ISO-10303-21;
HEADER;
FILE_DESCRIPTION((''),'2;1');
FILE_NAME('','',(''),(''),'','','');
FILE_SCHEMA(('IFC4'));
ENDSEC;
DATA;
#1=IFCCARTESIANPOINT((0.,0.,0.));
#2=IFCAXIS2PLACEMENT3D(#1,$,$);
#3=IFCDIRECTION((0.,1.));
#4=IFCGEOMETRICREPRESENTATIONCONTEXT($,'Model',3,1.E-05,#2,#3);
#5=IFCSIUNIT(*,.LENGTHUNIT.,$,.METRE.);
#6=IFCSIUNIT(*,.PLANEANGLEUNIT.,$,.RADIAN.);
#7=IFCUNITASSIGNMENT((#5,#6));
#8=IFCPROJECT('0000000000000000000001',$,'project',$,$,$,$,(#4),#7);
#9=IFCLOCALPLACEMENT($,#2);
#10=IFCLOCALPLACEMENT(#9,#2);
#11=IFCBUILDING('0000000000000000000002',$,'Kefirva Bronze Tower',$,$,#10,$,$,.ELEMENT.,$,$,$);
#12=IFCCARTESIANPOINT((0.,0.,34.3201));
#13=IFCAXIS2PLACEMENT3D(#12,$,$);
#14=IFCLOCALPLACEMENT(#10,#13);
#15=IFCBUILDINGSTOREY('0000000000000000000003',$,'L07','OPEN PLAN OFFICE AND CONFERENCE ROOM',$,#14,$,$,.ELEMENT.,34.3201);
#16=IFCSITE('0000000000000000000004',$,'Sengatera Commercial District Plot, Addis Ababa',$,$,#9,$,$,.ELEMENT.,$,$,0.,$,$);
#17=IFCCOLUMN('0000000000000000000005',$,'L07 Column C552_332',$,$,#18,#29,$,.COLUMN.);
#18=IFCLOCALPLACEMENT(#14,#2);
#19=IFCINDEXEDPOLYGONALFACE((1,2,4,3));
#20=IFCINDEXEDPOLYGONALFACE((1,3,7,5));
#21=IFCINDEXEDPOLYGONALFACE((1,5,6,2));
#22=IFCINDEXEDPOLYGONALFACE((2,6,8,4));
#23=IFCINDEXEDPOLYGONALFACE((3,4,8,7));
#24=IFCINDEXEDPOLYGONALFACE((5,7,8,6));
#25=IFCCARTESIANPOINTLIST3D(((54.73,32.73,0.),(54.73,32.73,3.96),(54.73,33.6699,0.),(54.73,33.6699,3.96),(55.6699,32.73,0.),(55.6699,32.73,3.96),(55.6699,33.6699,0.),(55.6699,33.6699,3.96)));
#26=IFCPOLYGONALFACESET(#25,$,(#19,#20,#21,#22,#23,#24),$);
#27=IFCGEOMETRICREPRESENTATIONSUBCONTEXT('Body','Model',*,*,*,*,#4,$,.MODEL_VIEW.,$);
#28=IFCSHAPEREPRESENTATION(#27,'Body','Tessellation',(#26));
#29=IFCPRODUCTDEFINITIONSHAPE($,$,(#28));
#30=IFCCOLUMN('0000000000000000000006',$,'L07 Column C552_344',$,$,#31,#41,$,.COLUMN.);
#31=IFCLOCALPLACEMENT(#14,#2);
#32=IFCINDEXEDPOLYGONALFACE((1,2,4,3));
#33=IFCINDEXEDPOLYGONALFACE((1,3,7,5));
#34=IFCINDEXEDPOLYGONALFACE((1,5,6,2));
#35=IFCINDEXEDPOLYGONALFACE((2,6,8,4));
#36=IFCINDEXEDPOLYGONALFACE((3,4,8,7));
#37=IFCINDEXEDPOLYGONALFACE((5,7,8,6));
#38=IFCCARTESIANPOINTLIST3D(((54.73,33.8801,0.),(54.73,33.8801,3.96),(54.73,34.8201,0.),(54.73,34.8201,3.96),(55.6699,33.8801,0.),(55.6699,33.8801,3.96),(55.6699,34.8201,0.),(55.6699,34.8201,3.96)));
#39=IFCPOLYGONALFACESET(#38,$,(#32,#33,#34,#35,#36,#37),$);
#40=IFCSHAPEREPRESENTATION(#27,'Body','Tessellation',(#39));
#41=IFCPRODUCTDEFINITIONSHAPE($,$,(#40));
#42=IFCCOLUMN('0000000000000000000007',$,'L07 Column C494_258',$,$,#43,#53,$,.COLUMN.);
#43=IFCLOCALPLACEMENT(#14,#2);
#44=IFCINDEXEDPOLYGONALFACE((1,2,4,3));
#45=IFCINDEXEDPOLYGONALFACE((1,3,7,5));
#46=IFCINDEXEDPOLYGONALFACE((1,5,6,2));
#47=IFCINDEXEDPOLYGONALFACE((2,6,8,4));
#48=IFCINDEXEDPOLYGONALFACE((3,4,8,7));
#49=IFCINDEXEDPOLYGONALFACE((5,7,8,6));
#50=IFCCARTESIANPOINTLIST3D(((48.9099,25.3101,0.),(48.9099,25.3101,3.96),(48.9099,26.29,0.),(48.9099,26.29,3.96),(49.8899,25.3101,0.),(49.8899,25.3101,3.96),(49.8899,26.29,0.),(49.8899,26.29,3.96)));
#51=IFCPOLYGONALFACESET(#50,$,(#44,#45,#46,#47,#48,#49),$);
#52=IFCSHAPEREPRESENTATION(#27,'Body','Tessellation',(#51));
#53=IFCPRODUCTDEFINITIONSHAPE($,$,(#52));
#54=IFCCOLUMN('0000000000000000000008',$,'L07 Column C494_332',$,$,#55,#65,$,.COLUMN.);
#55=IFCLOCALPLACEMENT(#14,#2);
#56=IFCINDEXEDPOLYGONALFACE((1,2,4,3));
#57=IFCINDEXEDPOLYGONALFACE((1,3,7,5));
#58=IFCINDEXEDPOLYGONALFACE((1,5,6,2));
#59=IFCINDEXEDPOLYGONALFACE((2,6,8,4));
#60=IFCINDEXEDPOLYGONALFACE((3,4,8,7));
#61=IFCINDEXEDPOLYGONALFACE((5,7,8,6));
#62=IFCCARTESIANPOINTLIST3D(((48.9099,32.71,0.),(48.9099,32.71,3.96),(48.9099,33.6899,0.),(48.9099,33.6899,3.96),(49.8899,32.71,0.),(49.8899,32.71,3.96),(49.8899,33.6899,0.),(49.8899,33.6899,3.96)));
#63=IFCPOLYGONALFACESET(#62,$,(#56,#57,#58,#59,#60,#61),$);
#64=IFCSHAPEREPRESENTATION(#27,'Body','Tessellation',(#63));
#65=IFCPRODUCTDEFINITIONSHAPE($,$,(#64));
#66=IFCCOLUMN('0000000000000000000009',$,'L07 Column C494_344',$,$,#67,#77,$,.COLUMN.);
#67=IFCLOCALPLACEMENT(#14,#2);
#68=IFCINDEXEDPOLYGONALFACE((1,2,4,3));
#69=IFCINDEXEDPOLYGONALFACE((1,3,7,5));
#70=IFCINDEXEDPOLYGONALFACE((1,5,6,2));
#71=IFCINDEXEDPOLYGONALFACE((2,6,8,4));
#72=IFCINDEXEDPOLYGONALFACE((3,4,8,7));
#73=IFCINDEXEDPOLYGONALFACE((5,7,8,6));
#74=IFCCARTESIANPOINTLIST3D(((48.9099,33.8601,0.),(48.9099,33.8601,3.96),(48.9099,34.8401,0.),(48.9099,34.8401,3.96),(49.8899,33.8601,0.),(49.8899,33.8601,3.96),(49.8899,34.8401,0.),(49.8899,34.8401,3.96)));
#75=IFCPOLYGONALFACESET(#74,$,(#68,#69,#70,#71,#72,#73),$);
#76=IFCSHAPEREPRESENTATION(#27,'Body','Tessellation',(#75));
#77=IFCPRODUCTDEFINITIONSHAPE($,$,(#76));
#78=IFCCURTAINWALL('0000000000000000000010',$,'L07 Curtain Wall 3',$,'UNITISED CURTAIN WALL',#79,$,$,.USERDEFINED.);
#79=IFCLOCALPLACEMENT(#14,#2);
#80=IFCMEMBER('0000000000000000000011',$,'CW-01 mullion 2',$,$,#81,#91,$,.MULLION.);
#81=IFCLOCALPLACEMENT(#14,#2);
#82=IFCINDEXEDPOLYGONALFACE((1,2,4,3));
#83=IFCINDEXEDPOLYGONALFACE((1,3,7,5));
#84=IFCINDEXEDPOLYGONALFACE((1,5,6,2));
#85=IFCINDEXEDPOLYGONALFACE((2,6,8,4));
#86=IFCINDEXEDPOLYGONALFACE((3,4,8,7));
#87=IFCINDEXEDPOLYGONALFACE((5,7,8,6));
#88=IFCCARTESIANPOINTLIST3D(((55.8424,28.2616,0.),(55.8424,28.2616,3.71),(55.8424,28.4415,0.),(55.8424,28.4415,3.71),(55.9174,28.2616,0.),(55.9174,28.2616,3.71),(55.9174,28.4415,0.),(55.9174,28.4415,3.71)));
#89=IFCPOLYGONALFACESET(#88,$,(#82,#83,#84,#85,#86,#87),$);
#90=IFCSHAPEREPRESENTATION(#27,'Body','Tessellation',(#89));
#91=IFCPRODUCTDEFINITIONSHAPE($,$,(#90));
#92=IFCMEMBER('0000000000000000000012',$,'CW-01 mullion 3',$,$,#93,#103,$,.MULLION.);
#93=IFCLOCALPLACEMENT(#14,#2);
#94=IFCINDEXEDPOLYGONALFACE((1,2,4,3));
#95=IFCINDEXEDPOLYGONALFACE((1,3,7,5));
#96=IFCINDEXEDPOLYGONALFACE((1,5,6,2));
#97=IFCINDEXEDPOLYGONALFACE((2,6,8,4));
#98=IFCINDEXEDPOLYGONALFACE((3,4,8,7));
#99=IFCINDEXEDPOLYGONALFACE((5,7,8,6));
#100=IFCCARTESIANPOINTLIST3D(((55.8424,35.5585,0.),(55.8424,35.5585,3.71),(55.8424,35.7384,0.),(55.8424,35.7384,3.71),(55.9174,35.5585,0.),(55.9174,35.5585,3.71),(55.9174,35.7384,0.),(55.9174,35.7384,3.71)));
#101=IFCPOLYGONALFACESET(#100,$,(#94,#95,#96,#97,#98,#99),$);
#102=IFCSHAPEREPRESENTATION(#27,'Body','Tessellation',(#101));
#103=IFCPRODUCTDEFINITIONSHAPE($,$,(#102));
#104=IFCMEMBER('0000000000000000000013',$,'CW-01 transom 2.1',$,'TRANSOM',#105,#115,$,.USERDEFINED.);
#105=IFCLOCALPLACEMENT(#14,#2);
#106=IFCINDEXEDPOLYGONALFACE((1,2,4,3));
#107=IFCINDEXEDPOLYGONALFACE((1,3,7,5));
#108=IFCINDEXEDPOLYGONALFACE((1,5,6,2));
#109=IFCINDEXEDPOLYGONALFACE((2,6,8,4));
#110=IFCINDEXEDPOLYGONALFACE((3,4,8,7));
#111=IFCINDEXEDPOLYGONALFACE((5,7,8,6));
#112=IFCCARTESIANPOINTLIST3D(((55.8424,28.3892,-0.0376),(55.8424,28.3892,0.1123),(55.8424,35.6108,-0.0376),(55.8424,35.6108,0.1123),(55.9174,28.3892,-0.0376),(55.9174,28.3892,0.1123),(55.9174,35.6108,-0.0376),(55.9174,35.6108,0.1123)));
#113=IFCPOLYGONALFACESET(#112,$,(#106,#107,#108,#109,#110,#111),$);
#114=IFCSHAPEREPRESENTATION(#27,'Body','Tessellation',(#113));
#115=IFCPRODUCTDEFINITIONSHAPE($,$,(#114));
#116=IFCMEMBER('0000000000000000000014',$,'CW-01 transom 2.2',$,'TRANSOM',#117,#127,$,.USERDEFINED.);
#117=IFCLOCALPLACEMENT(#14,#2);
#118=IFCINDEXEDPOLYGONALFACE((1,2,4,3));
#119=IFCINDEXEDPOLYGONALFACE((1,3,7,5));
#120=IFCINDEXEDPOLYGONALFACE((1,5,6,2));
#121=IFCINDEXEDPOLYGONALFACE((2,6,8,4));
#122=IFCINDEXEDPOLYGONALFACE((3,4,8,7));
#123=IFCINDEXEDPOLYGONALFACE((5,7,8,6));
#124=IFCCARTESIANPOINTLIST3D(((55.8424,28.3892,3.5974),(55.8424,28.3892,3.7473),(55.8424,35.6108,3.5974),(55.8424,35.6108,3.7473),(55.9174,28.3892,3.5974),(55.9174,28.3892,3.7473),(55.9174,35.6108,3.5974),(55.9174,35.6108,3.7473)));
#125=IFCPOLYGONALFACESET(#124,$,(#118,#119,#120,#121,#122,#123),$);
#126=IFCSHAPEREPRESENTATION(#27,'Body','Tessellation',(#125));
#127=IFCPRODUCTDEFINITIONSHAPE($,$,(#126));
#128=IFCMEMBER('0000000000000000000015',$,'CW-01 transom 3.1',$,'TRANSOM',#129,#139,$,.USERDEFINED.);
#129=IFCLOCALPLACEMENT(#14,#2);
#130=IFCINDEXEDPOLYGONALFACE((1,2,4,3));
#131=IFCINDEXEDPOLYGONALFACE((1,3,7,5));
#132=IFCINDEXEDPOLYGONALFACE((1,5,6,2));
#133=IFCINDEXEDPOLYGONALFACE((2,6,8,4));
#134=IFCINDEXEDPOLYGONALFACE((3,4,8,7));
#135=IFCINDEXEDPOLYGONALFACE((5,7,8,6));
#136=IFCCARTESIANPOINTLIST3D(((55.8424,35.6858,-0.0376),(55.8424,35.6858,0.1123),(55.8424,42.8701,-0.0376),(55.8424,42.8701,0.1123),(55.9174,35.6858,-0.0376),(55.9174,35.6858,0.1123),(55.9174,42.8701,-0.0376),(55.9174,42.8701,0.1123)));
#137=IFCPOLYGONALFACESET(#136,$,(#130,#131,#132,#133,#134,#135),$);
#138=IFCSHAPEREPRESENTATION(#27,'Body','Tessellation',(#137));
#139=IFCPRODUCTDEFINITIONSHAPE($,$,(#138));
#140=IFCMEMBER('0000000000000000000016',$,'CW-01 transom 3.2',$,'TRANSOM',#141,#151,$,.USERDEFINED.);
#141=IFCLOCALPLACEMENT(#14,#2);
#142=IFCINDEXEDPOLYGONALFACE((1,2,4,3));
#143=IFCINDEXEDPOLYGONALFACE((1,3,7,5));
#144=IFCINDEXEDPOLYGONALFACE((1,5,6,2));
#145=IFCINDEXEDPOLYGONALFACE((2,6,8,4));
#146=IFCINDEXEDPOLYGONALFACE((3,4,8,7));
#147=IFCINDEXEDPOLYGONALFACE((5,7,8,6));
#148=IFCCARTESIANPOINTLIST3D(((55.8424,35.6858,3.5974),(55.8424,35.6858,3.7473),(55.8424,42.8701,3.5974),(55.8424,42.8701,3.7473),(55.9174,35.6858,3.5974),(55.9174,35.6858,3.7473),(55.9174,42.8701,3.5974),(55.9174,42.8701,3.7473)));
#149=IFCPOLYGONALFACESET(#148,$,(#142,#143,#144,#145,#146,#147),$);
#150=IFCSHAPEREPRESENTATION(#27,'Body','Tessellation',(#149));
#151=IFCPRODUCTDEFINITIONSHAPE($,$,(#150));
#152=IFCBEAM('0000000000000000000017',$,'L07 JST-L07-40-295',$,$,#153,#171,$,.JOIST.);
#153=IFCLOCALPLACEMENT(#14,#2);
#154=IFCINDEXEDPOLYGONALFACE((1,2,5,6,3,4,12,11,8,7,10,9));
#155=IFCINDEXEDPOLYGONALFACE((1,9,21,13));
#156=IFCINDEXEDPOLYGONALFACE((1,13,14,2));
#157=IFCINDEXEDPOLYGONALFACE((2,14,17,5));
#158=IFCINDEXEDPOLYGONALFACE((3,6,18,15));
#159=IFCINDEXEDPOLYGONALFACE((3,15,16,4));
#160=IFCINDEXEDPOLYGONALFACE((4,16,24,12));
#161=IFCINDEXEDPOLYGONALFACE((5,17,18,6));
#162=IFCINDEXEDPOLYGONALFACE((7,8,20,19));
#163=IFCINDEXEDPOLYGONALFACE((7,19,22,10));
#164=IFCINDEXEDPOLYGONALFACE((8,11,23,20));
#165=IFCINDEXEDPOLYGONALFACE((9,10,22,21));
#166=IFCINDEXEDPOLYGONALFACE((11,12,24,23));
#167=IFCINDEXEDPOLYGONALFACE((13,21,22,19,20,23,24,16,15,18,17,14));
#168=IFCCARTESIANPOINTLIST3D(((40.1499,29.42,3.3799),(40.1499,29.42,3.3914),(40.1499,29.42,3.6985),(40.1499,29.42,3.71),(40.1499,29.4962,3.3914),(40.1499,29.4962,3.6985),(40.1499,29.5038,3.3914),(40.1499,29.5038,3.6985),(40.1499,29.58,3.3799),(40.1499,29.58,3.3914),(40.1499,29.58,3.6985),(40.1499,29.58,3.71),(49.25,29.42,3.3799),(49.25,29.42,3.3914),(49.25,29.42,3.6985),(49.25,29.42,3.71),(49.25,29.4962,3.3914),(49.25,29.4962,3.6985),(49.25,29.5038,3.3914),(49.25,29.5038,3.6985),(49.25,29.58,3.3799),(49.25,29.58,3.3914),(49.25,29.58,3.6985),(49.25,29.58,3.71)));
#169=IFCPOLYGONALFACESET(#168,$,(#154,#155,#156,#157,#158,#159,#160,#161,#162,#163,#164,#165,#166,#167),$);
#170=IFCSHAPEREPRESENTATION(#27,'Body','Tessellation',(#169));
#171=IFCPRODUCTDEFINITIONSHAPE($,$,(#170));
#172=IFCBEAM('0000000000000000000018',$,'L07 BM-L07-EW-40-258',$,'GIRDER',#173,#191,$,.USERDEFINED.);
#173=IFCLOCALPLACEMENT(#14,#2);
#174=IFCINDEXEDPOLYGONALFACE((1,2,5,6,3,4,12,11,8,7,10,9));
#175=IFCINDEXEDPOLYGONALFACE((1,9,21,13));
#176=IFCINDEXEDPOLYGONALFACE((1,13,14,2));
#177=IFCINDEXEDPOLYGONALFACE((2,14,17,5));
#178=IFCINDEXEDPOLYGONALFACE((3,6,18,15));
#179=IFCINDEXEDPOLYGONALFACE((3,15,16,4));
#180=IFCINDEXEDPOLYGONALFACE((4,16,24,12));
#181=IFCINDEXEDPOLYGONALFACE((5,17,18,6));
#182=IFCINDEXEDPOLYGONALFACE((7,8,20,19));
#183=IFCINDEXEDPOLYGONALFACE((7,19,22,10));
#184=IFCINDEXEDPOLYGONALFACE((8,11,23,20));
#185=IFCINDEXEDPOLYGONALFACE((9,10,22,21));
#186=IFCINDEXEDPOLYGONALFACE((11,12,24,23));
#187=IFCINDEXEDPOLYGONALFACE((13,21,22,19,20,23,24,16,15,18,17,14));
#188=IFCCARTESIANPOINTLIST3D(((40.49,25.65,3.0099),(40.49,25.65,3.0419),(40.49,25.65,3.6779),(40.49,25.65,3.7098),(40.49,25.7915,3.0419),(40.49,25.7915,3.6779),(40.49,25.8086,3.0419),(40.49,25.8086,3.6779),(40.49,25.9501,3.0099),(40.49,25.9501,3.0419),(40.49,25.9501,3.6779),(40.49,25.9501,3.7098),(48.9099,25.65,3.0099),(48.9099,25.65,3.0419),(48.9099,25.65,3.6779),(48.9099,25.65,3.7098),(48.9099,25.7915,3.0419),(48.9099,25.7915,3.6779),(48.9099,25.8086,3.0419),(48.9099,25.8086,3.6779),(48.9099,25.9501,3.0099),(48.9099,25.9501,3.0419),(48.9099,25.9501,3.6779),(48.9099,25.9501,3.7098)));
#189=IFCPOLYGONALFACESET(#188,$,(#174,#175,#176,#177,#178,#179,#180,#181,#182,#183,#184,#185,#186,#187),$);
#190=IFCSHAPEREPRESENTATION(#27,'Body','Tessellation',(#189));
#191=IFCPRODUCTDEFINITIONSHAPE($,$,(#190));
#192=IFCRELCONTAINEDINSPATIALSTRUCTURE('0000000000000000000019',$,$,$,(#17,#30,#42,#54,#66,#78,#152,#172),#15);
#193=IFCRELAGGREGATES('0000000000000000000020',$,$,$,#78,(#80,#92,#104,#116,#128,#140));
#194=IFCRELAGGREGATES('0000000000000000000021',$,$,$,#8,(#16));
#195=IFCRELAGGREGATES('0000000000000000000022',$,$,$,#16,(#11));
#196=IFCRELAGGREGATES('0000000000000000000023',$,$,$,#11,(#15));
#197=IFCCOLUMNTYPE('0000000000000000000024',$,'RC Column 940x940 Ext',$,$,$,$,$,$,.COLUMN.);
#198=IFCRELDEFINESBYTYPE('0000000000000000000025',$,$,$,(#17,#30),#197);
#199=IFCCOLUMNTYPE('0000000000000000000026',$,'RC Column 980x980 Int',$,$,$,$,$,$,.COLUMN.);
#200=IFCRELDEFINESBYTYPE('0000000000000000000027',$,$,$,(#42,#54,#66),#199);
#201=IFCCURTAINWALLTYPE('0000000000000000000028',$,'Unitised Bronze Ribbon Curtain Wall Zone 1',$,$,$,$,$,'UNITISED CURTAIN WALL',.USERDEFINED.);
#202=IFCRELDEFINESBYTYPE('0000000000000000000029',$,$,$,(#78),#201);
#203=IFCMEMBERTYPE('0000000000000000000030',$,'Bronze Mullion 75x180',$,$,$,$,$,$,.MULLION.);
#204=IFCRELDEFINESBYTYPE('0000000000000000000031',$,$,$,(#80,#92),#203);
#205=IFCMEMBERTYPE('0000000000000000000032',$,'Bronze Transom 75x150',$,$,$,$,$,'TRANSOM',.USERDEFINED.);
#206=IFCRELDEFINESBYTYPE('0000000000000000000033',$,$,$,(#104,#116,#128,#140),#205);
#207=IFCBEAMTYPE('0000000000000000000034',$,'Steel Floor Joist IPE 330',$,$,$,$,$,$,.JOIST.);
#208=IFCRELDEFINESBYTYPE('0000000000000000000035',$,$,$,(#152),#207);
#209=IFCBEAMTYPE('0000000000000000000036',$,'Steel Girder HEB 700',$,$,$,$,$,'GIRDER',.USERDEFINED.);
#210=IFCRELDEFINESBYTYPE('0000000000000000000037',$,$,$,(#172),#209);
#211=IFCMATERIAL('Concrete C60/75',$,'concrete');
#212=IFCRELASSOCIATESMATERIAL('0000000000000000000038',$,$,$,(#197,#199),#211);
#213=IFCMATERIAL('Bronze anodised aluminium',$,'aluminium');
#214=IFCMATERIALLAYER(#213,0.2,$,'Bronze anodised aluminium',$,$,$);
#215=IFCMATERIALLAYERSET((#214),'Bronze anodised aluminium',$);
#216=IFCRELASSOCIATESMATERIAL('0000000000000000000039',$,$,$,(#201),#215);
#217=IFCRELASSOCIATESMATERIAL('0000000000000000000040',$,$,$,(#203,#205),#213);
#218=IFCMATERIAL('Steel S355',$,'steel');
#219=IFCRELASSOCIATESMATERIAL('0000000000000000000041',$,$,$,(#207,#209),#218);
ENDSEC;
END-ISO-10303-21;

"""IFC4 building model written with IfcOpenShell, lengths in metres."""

from ifc_helpers import new_model, si_unit, direction, frame, origin, origin_2d, place, context, subcontext, project, spatial, rectangle, i_section, extrude, material, layer, layer_set, material_profile, profile_set, type_object, element, aggregate, save


model = new_model("IFC4")

# Units and contexts
model_context = context("Model", 3, precision=1e-05, world=origin(), true_north=direction((0.0, 1.0)))
body_context = subcontext(model_context, "Body", "Model", "MODEL_VIEW")
ifc_project = project(units=[si_unit("LENGTHUNIT", "METRE"), si_unit("PLANEANGLEUNIT", "RADIAN")], contexts=[model_context])

# Site, building, storey
site_placement = place(None, origin())
site = spatial("IfcSite", under=ifc_project, at=site_placement, Name="Sengatera Commercial District Plot, Addis Ababa", CompositionType="ELEMENT", RefElevation=0.0)
building_placement = place(site_placement, origin())
building = spatial("IfcBuilding", under=site, at=building_placement, Name="Kefirva Bronze Tower", CompositionType="ELEMENT")
storey_placement = place(building_placement, frame((0.0, 0.0, 34.3201)))
storey = spatial("IfcBuildingStorey", under=building, at=storey_placement, Name="L07", Description="OPEN PLAN OFFICE AND CONFERENCE ROOM", CompositionType="ELEMENT", Elevation=34.3201)

# Columns
ifc_material_1 = material(Name="Concrete C60/75", Category="concrete")
ifc_material_profile_1 = material_profile(ifc_material_1, rectangle(XDim=0.9399, YDim=0.9399, at=origin_2d()), Name="RC 940x940")
ifc_profile_set_1 = profile_set([ifc_material_profile_1], Name="Concrete C60/75")
column_type_1 = type_object("IfcColumnType", Name="RC Column 940x940 Ext", PredefinedType="COLUMN", material=ifc_profile_set_1)
for number, where, z_axis, x_axis, name in (
    (1, (55.2, 33.2, 0.0), (0.0, 0.0, 1.0), (1.0, 0.0, 0.0), "L07 Column C552_332"),
    (2, (55.2, 34.3501, 0.0), (0.0, 0.0, 1.0), (1.0, 0.0, 0.0), "L07 Column C552_344"),
):
    element("IfcColumn", number, at=place(storey_placement, frame(where, z_axis=z_axis, x_axis=x_axis)), inside=storey, type_object=column_type_1, Name=name, PredefinedType="COLUMN", context=body_context, shape_type="SweptSolid", body=[
        extrude(rectangle(XDim=0.9399, YDim=0.9399, at=origin_2d()), origin(), (0.0, 0.0, 1.0), 3.96),
    ])
ifc_material_profile_2 = material_profile(ifc_material_1, rectangle(XDim=0.98, YDim=0.98, at=origin_2d()), Name="RC 980x980")
ifc_profile_set_2 = profile_set([ifc_material_profile_2], Name="Concrete C60/75")
column_type_2 = type_object("IfcColumnType", Name="RC Column 980x980 Int", PredefinedType="COLUMN", material=ifc_profile_set_2)
for number, where, z_axis, x_axis, name in (
    (3, (49.3999, 25.8, 0.0), (0.0, 0.0, 1.0), (1.0, 0.0, 0.0), "L07 Column C494_258"),
    (4, (49.3999, 33.2, 0.0), (0.0, 0.0, 1.0), (1.0, 0.0, 0.0), "L07 Column C494_332"),
    (5, (49.3999, 34.3501, 0.0), (0.0, 0.0, 1.0), (1.0, 0.0, 0.0), "L07 Column C494_344"),
):
    element("IfcColumn", number, at=place(storey_placement, frame(where, z_axis=z_axis, x_axis=x_axis)), inside=storey, type_object=column_type_2, Name=name, PredefinedType="COLUMN", context=body_context, shape_type="SweptSolid", body=[
        extrude(rectangle(XDim=0.98, YDim=0.98, at=origin_2d()), origin(), (0.0, 0.0, 1.0), 3.96),
    ])

# Curtain wall, members
ifc_material_2 = material(Name="Bronze anodised aluminium", Category="aluminium")
ifc_layer_1 = layer(ifc_material_2, 0.2, Name="Bronze anodised aluminium")
ifc_layer_set_1 = layer_set([ifc_layer_1], Name="Bronze anodised aluminium")
curtain_wall_type = type_object("IfcCurtainWallType", Name="Unitised Bronze Ribbon Curtain Wall Zone 1", ElementType="UNITISED CURTAIN WALL", PredefinedType="USERDEFINED", material=ifc_layer_set_1)
curtain_wall_placement = place(storey_placement, origin())
curtain_wall = element("IfcCurtainWall", 6, at=curtain_wall_placement, inside=storey, type_object=curtain_wall_type, Name="L07 Curtain Wall 3", ObjectType="UNITISED CURTAIN WALL", PredefinedType="USERDEFINED")
ifc_material_profile_3 = material_profile(ifc_material_2, rectangle(XDim=0.075, YDim=0.1799, at=origin_2d()), Name="ALU 75x180")
ifc_profile_set_3 = profile_set([ifc_material_profile_3], Name="Bronze anodised aluminium")
member_type_1 = type_object("IfcMemberType", Name="Bronze Mullion 75x180", PredefinedType="MULLION", material=ifc_profile_set_3)
member_1_placement = place(storey_placement, frame((55.8799, 28.3516, 0.0), z_axis=(0.0, 0.0, 1.0), x_axis=(-1.0, 0.0, 0.0)))
member_1 = element("IfcMember", 7, at=member_1_placement, type_object=member_type_1, Name="CW-01 mullion 2", PredefinedType="MULLION", context=body_context, shape_type="SweptSolid", body=[
    extrude(rectangle(XDim=0.075, YDim=0.1799, at=origin_2d()), origin(), (0.0, 0.0, 1.0), 3.71),
])
member_2_placement = place(storey_placement, frame((55.8799, 35.6484, 0.0), z_axis=(0.0, 0.0, 1.0), x_axis=(-1.0, 0.0, 0.0)))
member_2 = element("IfcMember", 8, at=member_2_placement, type_object=member_type_1, Name="CW-01 mullion 3", PredefinedType="MULLION", context=body_context, shape_type="SweptSolid", body=[
    extrude(rectangle(XDim=0.075, YDim=0.1799, at=origin_2d()), origin(), (0.0, 0.0, 1.0), 3.71),
])
ifc_material_profile_4 = material_profile(ifc_material_2, rectangle(XDim=0.075, YDim=0.1499, at=origin_2d()), Name="ALU 75x150")
ifc_profile_set_4 = profile_set([ifc_material_profile_4], Name="Bronze anodised aluminium")
member_type_2 = type_object("IfcMemberType", Name="Bronze Transom 75x150", ElementType="TRANSOM", PredefinedType="USERDEFINED", material=ifc_profile_set_4)
member_3_placement = place(storey_placement, frame((55.8799, 28.3892, 0.0374), z_axis=(0.0, 1.0, 0.0), x_axis=(-1.0, 0.0, 0.0)))
member_3 = element("IfcMember", 9, at=member_3_placement, type_object=member_type_2, Name="CW-01 transom 2.1", ObjectType="TRANSOM", PredefinedType="USERDEFINED", context=body_context, shape_type="SweptSolid", body=[
    extrude(rectangle(XDim=0.075, YDim=0.1499, at=origin_2d()), origin(), (0.0, 0.0, 1.0), 7.2217),
])
member_4_placement = place(storey_placement, frame((55.8799, 28.3892, 3.6724), z_axis=(0.0, 1.0, 0.0), x_axis=(-1.0, 0.0, 0.0)))
member_4 = element("IfcMember", 10, at=member_4_placement, type_object=member_type_2, Name="CW-01 transom 2.2", ObjectType="TRANSOM", PredefinedType="USERDEFINED", context=body_context, shape_type="SweptSolid", body=[
    extrude(rectangle(XDim=0.075, YDim=0.1499, at=origin_2d()), origin(), (0.0, 0.0, 1.0), 7.2217),
])
member_5_placement = place(storey_placement, frame((55.8799, 35.6858, 0.0374), z_axis=(0.0, 1.0, 0.0), x_axis=(-1.0, 0.0, 0.0)))
member_5 = element("IfcMember", 11, at=member_5_placement, type_object=member_type_2, Name="CW-01 transom 3.1", ObjectType="TRANSOM", PredefinedType="USERDEFINED", context=body_context, shape_type="SweptSolid", body=[
    extrude(rectangle(XDim=0.075, YDim=0.1499, at=origin_2d()), origin(), (0.0, 0.0, 1.0), 7.1843),
])
member_6_placement = place(storey_placement, frame((55.8799, 35.6858, 3.6724), z_axis=(0.0, 1.0, 0.0), x_axis=(-1.0, 0.0, 0.0)))
member_6 = element("IfcMember", 12, at=member_6_placement, type_object=member_type_2, Name="CW-01 transom 3.2", ObjectType="TRANSOM", PredefinedType="USERDEFINED", context=body_context, shape_type="SweptSolid", body=[
    extrude(rectangle(XDim=0.075, YDim=0.1499, at=origin_2d()), origin(), (0.0, 0.0, 1.0), 7.1843),
])

# Beams
ifc_material_3 = material(Name="Steel S355", Category="steel")
ifc_material_profile_5 = material_profile(ifc_material_3, i_section(OverallWidth=0.1599, OverallDepth=0.3301, WebThickness=0.0076, FlangeThickness=0.0115, at=origin_2d()), Name="IPE 330")
ifc_profile_set_5 = profile_set([ifc_material_profile_5], Name="Steel S355")
beam_type_1 = type_object("IfcBeamType", Name="Steel Floor Joist IPE 330", PredefinedType="JOIST", material=ifc_profile_set_5)
beam_1_placement = place(storey_placement, frame((40.1499, 29.5, 3.5449), z_axis=(1.0, 0.0, 0.0), x_axis=(0.0, 1.0, 0.0)))
element("IfcBeam", 13, at=beam_1_placement, inside=storey, type_object=beam_type_1, Name="L07 JST-L07-40-295", PredefinedType="JOIST", context=body_context, shape_type="SweptSolid", body=[
    extrude(i_section(OverallWidth=0.1599, OverallDepth=0.3301, WebThickness=0.0076, FlangeThickness=0.0115, at=origin_2d()), origin(), (0.0, 0.0, 1.0), 9.1001),
])
ifc_material_profile_6 = material_profile(ifc_material_3, i_section(OverallWidth=0.3, OverallDepth=0.7, WebThickness=0.0171, FlangeThickness=0.032, at=origin_2d()), Name="HEB 700")
ifc_profile_set_6 = profile_set([ifc_material_profile_6], Name="Steel S355")
beam_type_2 = type_object("IfcBeamType", Name="Steel Girder HEB 700", ElementType="GIRDER", PredefinedType="USERDEFINED", material=ifc_profile_set_6)
for number, where, z_axis, x_axis, name in (
    (14, (40.49, 25.8, 3.3599), (1.0, 0.0, 0.0), (0.0, 1.0, 0.0), "L07 BM-L07-EW-40-258"),
):
    element("IfcBeam", number, at=place(storey_placement, frame(where, z_axis=z_axis, x_axis=x_axis)), inside=storey, type_object=beam_type_2, Name=name, ObjectType="GIRDER", PredefinedType="USERDEFINED", context=body_context, shape_type="SweptSolid", body=[
        extrude(i_section(OverallWidth=0.3, OverallDepth=0.7, WebThickness=0.0171, FlangeThickness=0.032, at=origin_2d()), origin(), (0.0, 0.0, 1.0), 8.4199),
    ])

aggregate(curtain_wall, [member_1, member_2, member_3, member_4, member_5, member_6])

save(model, "model.ifc")
